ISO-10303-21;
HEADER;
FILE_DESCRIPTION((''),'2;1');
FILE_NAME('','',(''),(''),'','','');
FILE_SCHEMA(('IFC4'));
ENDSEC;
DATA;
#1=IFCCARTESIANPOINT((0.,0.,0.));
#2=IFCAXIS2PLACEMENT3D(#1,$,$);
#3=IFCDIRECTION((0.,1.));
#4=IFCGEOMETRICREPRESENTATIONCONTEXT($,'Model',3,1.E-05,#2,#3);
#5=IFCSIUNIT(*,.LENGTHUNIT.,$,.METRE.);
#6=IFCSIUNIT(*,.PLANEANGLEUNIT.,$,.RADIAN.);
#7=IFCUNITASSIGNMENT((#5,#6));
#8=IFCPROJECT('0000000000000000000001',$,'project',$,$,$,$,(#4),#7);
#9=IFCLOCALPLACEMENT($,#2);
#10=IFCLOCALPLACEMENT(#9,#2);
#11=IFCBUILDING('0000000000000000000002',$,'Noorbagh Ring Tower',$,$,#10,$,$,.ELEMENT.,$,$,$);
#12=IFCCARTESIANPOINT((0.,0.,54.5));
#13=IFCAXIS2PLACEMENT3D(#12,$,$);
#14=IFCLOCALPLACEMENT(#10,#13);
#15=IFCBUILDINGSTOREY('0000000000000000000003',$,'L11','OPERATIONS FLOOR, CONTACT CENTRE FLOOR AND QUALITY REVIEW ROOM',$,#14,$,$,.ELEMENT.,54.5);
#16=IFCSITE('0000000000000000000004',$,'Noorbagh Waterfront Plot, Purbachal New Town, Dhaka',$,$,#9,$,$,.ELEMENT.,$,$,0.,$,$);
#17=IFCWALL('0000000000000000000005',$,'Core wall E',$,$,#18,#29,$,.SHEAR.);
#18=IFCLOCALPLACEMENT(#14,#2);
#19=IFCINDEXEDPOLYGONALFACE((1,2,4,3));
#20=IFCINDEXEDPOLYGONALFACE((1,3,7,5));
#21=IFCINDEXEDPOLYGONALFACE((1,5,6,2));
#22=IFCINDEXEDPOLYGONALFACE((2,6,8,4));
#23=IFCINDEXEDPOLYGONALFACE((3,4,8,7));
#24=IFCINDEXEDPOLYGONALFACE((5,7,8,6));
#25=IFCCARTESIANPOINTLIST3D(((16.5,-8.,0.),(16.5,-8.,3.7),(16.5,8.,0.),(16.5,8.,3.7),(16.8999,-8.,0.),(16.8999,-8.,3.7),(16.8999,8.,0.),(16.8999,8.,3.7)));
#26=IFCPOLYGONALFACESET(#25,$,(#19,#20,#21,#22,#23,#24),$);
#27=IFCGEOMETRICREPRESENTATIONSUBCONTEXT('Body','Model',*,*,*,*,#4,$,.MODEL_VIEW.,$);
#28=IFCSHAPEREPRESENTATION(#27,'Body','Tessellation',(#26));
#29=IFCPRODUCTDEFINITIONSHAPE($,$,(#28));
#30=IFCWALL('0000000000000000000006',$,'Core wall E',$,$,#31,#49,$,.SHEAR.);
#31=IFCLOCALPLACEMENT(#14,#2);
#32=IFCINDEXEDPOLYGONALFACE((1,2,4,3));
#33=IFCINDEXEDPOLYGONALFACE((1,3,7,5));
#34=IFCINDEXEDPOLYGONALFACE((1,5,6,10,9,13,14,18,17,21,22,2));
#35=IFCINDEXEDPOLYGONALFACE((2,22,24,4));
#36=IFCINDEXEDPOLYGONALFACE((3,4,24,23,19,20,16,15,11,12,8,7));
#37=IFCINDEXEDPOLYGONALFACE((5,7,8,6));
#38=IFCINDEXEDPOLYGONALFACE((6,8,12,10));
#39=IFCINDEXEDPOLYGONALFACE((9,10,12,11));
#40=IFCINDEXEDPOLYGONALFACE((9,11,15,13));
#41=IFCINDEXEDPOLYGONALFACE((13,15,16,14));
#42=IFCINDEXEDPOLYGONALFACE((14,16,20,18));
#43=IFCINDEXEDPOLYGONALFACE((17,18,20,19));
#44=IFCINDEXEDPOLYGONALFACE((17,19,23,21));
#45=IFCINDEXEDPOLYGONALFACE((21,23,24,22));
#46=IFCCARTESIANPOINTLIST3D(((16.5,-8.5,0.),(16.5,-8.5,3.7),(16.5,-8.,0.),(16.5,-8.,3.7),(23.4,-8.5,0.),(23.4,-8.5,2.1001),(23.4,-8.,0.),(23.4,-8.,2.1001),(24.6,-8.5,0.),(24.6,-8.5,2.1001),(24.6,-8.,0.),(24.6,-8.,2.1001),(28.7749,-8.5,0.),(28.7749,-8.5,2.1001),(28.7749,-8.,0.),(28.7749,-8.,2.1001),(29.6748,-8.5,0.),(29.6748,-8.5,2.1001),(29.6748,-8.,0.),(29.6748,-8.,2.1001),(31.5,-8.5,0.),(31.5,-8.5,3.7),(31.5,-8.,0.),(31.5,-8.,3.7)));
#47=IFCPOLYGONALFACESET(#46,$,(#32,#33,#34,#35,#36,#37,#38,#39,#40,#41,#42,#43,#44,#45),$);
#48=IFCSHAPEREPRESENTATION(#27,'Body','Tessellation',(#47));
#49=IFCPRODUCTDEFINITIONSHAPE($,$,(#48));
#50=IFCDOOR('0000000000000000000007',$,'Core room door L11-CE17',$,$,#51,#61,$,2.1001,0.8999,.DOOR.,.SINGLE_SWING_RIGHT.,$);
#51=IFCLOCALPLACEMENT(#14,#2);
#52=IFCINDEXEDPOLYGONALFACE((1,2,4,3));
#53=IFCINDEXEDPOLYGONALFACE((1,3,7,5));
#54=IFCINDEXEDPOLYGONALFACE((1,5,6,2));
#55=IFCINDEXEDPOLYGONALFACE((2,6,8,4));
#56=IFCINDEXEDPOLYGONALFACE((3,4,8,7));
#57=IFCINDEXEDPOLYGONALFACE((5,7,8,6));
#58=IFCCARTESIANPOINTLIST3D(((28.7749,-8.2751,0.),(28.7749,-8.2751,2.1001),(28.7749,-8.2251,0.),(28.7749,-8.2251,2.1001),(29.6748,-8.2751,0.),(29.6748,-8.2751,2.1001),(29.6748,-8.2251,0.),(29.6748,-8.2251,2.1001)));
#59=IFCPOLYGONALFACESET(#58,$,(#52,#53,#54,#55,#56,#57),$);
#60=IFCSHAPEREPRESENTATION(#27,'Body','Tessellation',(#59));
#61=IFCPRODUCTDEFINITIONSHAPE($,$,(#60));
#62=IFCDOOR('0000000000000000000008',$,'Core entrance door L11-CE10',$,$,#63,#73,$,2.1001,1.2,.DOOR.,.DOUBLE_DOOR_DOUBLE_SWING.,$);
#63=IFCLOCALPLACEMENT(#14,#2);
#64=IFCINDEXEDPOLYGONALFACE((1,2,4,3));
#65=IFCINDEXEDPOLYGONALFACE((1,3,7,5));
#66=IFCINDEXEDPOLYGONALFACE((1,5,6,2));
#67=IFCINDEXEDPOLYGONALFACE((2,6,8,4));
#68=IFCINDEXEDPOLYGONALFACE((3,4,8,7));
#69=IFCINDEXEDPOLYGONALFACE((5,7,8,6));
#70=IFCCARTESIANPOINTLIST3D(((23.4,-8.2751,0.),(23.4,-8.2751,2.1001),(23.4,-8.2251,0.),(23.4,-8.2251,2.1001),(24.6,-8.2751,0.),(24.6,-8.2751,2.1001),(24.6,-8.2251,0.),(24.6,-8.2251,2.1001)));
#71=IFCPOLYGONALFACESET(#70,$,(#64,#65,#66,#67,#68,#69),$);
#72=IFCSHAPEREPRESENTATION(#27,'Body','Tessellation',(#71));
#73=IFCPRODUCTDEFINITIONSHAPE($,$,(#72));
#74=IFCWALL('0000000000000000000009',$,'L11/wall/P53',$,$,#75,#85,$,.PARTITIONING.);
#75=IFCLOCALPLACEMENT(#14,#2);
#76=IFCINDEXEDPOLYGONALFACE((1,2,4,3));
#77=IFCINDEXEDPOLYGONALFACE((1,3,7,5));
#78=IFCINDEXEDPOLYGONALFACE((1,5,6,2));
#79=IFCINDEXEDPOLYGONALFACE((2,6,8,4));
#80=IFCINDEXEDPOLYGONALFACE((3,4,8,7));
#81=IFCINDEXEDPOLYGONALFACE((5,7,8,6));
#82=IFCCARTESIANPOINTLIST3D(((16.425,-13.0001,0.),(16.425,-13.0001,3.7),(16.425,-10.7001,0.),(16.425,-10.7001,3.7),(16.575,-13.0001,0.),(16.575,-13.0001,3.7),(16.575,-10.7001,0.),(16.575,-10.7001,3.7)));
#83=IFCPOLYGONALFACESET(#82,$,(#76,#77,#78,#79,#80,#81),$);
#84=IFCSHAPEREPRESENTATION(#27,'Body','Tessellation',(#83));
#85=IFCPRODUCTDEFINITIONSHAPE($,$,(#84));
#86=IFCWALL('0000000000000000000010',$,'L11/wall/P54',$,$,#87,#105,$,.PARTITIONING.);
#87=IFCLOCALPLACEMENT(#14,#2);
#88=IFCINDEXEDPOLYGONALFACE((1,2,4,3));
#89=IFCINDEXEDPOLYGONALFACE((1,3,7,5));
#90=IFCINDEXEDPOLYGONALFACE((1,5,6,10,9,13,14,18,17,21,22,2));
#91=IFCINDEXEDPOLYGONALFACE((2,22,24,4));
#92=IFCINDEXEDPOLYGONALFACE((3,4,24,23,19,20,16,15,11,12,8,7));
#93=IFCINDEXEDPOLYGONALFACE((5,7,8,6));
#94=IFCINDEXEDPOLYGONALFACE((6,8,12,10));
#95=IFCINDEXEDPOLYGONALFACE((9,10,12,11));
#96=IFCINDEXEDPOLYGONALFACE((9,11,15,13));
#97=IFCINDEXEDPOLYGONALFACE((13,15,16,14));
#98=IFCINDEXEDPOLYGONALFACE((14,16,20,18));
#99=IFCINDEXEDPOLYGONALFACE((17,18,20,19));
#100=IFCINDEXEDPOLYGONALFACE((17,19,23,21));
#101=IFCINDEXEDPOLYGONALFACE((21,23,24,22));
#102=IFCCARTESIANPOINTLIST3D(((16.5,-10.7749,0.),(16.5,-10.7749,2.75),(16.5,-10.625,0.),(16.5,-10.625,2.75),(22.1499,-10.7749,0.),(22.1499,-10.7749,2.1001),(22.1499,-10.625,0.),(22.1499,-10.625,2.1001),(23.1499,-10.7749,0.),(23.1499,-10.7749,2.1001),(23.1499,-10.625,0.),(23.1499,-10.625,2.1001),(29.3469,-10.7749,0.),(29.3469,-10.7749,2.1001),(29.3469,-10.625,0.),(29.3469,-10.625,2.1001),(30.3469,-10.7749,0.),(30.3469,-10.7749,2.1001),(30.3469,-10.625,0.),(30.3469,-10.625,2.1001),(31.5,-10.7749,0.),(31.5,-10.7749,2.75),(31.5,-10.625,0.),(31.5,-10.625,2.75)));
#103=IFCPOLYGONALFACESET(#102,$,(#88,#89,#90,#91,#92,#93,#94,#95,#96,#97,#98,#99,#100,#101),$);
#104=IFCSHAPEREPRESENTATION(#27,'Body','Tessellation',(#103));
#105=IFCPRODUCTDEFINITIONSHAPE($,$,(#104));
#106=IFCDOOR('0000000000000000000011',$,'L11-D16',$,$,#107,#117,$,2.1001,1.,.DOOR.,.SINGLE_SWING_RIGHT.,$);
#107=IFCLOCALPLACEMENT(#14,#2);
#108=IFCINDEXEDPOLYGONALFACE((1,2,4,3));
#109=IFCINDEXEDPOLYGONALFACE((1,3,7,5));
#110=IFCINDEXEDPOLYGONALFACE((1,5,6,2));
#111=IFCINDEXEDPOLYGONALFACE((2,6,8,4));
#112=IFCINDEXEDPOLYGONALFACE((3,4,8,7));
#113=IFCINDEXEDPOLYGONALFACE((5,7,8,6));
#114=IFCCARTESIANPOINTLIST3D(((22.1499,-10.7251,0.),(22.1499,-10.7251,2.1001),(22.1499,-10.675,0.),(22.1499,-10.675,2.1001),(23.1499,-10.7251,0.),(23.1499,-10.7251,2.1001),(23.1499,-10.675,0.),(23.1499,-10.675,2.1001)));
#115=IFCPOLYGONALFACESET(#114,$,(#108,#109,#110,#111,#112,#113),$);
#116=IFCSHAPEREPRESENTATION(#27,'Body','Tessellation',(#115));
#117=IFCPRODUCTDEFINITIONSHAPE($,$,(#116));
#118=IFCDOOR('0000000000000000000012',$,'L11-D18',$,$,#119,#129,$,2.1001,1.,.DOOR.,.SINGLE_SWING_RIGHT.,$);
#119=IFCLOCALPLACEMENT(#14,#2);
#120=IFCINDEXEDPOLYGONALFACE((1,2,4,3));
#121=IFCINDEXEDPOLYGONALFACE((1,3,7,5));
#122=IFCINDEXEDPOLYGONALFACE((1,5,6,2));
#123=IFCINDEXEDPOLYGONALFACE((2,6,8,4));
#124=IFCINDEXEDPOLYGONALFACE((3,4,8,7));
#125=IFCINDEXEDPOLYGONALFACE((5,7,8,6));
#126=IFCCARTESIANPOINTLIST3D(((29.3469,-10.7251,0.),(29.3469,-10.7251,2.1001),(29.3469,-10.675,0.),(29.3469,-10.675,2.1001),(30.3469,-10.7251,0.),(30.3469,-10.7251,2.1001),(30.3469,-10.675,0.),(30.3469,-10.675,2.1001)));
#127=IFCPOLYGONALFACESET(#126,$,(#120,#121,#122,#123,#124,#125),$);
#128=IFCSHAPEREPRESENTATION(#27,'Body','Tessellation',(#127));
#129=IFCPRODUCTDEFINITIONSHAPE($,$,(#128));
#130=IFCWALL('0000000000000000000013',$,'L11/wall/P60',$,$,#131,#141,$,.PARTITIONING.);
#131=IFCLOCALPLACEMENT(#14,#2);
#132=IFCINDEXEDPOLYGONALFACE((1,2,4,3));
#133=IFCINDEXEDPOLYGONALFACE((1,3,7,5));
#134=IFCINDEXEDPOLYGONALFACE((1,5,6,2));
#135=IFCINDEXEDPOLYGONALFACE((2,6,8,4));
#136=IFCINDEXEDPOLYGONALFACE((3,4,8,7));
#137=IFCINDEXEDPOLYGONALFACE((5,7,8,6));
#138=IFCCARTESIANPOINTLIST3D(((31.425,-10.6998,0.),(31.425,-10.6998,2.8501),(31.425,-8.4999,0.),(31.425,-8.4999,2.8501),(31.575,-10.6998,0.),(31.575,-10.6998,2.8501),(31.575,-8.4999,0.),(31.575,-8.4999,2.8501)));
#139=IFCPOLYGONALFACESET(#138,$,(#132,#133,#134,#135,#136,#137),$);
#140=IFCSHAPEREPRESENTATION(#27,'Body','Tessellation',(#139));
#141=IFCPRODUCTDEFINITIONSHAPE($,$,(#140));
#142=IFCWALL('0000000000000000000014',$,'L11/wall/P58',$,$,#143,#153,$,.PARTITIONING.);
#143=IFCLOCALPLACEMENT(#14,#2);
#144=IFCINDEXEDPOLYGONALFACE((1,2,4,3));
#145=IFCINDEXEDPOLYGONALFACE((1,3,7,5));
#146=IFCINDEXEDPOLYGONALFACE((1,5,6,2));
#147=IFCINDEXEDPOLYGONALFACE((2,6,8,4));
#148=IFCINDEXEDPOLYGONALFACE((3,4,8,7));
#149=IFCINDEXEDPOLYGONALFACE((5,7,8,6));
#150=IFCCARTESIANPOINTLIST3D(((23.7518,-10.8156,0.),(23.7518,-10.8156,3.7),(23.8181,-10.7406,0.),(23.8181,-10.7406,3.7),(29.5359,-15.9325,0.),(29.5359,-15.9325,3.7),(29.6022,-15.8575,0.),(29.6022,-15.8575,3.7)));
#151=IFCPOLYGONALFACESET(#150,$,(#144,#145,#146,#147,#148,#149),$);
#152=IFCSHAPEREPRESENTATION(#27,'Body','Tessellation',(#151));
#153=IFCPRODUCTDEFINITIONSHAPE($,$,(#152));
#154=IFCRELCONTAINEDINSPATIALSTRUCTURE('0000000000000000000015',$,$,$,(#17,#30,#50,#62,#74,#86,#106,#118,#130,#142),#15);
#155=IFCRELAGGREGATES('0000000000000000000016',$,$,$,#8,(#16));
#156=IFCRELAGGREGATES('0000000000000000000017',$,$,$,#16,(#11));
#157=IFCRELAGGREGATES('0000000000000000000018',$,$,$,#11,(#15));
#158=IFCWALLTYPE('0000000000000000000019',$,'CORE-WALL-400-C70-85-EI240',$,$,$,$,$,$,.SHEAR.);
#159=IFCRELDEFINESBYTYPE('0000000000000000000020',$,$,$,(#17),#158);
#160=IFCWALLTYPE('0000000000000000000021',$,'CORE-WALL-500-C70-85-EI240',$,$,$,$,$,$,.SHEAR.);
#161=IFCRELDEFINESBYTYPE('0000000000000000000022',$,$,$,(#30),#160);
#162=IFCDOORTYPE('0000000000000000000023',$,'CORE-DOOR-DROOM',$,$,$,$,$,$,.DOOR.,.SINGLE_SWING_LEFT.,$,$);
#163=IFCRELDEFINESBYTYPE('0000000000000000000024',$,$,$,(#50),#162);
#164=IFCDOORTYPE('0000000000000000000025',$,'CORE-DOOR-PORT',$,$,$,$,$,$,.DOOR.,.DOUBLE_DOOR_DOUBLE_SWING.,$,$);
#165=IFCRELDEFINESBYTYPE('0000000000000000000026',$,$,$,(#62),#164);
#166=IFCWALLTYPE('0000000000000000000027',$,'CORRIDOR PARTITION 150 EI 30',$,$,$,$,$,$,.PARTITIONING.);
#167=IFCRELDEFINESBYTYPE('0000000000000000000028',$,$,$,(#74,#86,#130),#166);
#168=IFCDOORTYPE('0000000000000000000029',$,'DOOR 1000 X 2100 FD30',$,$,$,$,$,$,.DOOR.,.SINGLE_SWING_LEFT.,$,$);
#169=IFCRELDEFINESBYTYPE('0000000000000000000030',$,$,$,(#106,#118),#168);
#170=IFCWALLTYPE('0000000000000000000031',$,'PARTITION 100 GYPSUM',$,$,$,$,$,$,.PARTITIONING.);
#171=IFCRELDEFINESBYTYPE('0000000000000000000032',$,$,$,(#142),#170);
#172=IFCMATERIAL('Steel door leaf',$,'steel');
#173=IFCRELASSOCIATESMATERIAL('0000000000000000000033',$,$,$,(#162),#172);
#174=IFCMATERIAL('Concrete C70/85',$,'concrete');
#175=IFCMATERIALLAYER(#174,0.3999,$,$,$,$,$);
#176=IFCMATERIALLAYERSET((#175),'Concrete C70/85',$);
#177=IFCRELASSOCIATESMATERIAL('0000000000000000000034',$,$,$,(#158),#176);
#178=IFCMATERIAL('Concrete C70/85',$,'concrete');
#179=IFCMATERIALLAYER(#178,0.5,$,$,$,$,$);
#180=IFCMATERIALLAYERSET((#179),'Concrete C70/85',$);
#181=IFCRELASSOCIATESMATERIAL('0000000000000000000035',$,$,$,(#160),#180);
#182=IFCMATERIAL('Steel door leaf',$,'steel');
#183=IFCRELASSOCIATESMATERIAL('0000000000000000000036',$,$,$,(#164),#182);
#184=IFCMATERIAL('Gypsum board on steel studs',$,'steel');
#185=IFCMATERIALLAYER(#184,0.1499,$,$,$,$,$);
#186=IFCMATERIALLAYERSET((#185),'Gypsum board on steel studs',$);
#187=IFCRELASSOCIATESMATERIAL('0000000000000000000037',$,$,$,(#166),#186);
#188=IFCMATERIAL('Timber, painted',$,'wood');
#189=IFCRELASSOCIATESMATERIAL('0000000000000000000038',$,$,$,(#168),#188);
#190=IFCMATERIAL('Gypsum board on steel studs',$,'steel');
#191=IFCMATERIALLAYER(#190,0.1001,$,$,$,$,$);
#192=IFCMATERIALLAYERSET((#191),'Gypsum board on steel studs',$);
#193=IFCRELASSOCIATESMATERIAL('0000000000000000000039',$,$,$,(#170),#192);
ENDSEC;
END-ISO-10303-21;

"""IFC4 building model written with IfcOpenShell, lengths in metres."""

from ifc_helpers import new_model, si_unit, direction, frame, frame_2d, origin, place, context, subcontext, project, spatial, rectangle, extrude, material, layer, layer_set, type_object, element, fill, save


model = new_model("IFC4")

# Units and contexts
model_context = context("Model", 3, precision=1e-05, world=origin(), true_north=direction((0.0, 1.0)))
body_context = subcontext(model_context, "Body", "Model", "MODEL_VIEW")
ifc_project = project(units=[si_unit("LENGTHUNIT", "METRE"), si_unit("PLANEANGLEUNIT", "RADIAN")], contexts=[model_context])

# Site, building, storey
site_placement = place(None, origin())
site = spatial("IfcSite", under=ifc_project, at=site_placement, Name="Noorbagh Waterfront Plot, Purbachal New Town, Dhaka", CompositionType="ELEMENT", RefElevation=0.0)
building_placement = place(site_placement, origin())
building = spatial("IfcBuilding", under=site, at=building_placement, Name="Noorbagh Ring Tower", CompositionType="ELEMENT")
storey_placement = place(building_placement, frame((0.0, 0.0, 54.5)))
storey = spatial("IfcBuildingStorey", under=building, at=storey_placement, Name="L11", Description="OPERATIONS FLOOR, CONTACT CENTRE FLOOR AND QUALITY REVIEW ROOM", CompositionType="ELEMENT", Elevation=54.5)

# Shared definitions
ifc_material_1 = material(Name="Steel door leaf", Category="steel")
door_type_1 = type_object("IfcDoorType", Name="CORE-DOOR-DROOM", OperationType="SINGLE_SWING_LEFT", PredefinedType="DOOR", material=ifc_material_1)

# Wall
ifc_material_2 = material(Name="Concrete C70/85", Category="concrete")
ifc_layer_1 = layer(ifc_material_2, 0.3999)
ifc_layer_set_1 = layer_set([ifc_layer_1], Name="Concrete C70/85")
wall_type_1 = type_object("IfcWallType", Name="CORE-WALL-400-C70-85-EI240", PredefinedType="SHEAR", material=ifc_layer_set_1)
wall_1_placement = place(storey_placement, frame((16.7, -8.0, 0.0), z_axis=(0.0, 0.0, 1.0), x_axis=(0.0, 1.0, 0.0)))
element("IfcWall", 1, at=wall_1_placement, inside=storey, type_object=wall_type_1, Name="Core wall E", PredefinedType="SHEAR", context=body_context, shape_type="SweptSolid", body=[
    extrude(rectangle(XDim=16.0, YDim=0.3999, at=frame_2d((8.0, 0.0))), origin(), (0.0, 0.0, 1.0), 3.7),
])

# Wall, openings, doors
ifc_material_3 = material(Name="Concrete C70/85", Category="concrete")
ifc_layer_2 = layer(ifc_material_3, 0.5)
ifc_layer_set_2 = layer_set([ifc_layer_2], Name="Concrete C70/85")
wall_type_2 = type_object("IfcWallType", Name="CORE-WALL-500-C70-85-EI240", PredefinedType="SHEAR", material=ifc_layer_set_2)
wall_2_placement = place(storey_placement, frame((16.5, -8.25, 0.0), z_axis=(0.0, 0.0, 1.0), x_axis=(1.0, 0.0, 0.0)))
wall_2 = element("IfcWall", 2, at=wall_2_placement, inside=storey, type_object=wall_type_2, Name="Core wall E", PredefinedType="SHEAR", context=body_context, shape_type="SweptSolid", body=[
    extrude(rectangle(XDim=15.0, YDim=0.5, at=frame_2d((7.5, 0.0))), origin(), (0.0, 0.0, 1.0), 3.7),
])
opening_1_placement = place(wall_2_placement, frame((6.8999, 0.0, 0.0)))
opening_1 = element("IfcOpeningElement", 3, at=opening_1_placement, cuts=wall_2, PredefinedType="OPENING", context=body_context, shape_type="SweptSolid", body=[
    extrude(rectangle(XDim=1.2, YDim=2.1001, at=frame_2d((0.6001, 1.05))), frame((0.0, 0.26, 0.0), z_axis=(0.0, -1.0, 0.0), x_axis=(1.0, 0.0, 0.0)), (0.0, 0.0, 1.0), 0.52),
])
opening_2_placement = place(wall_2_placement, frame((12.2749, 0.0, 0.0)))
opening_2 = element("IfcOpeningElement", 4, at=opening_2_placement, cuts=wall_2, PredefinedType="OPENING", context=body_context, shape_type="SweptSolid", body=[
    extrude(rectangle(XDim=0.8999, YDim=2.1001, at=frame_2d((0.45, 1.05))), frame((0.0, 0.26, 0.0), z_axis=(0.0, -1.0, 0.0), x_axis=(1.0, 0.0, 0.0)), (0.0, 0.0, 1.0), 0.52),
])
door_1_placement = place(opening_2_placement, origin())
door_1 = element("IfcDoor", 5, at=door_1_placement, inside=storey, type_object=door_type_1, Name="Core room door L11-CE17", OperationType="SINGLE_SWING_RIGHT", OverallHeight=2.1001, OverallWidth=0.8999, PredefinedType="DOOR", context=body_context, shape_type="SweptSolid", body=[
    extrude(rectangle(XDim=0.8999, YDim=2.1001, at=frame_2d((0.45, 1.05))), frame((0.0, 0.0249, 0.0), z_axis=(0.0, -1.0, 0.0), x_axis=(1.0, 0.0, 0.0)), (0.0, 0.0, 1.0), 0.05),
])
fill(opening_2, door_1)
ifc_material_4 = material(Name="Steel door leaf", Category="steel")
door_type_2 = type_object("IfcDoorType", Name="CORE-DOOR-PORT", OperationType="DOUBLE_DOOR_DOUBLE_SWING", PredefinedType="DOOR", material=ifc_material_4)
door_2_placement = place(opening_1_placement, origin())
door_2 = element("IfcDoor", 6, at=door_2_placement, inside=storey, type_object=door_type_2, Name="Core entrance door L11-CE10", OperationType="DOUBLE_DOOR_DOUBLE_SWING", OverallHeight=2.1001, OverallWidth=1.2, PredefinedType="DOOR", context=body_context, shape_type="SweptSolid", body=[
    extrude(rectangle(XDim=1.2, YDim=2.1001, at=frame_2d((0.6001, 1.05))), frame((0.0, 0.0249, 0.0), z_axis=(0.0, -1.0, 0.0), x_axis=(1.0, 0.0, 0.0)), (0.0, 0.0, 1.0), 0.05),
])
fill(opening_1, door_2)

# Wall
ifc_material_5 = material(Name="Gypsum board on steel studs", Category="steel")
ifc_layer_3 = layer(ifc_material_5, 0.1499)
ifc_layer_set_3 = layer_set([ifc_layer_3], Name="Gypsum board on steel studs")
wall_type_3 = type_object("IfcWallType", Name="CORRIDOR PARTITION 150 EI 30", PredefinedType="PARTITIONING", material=ifc_layer_set_3)
wall_3_placement = place(storey_placement, frame((16.5, -13.0, 0.0), z_axis=(0.0, 0.0, 1.0), x_axis=(0.0, 1.0, 0.0)))
element("IfcWall", 7, at=wall_3_placement, inside=storey, type_object=wall_type_3, Name="L11/wall/P53", PredefinedType="PARTITIONING", context=body_context, shape_type="SweptSolid", body=[
    extrude(rectangle(XDim=2.3, YDim=0.1499, at=frame_2d((1.1499, 0.0))), origin(), (0.0, 0.0, 1.0), 3.7),
])

# Wall, openings, doors
wall_4_placement = place(storey_placement, frame((16.5, -10.7, 0.0), z_axis=(0.0, 0.0, 1.0), x_axis=(1.0, 0.0, 0.0)))
wall_4 = element("IfcWall", 8, at=wall_4_placement, inside=storey, type_object=wall_type_3, Name="L11/wall/P54", PredefinedType="PARTITIONING", context=body_context, shape_type="SweptSolid", body=[
    extrude(rectangle(XDim=15.0, YDim=0.1499, at=frame_2d((7.5, 0.0))), origin(), (0.0, 0.0, 1.0), 2.75),
])
opening_3_placement = place(wall_4_placement, frame((5.6499, 0.0, 0.0)))
opening_3 = element("IfcOpeningElement", 9, at=opening_3_placement, cuts=wall_4, PredefinedType="OPENING", context=body_context, shape_type="SweptSolid", body=[
    extrude(rectangle(XDim=1.0, YDim=2.1001, at=frame_2d((0.5, 1.05))), frame((0.0, 0.085, 0.0), z_axis=(0.0, -1.0, 0.0), x_axis=(1.0, 0.0, 0.0)), (0.0, 0.0, 1.0), 0.1699),
])
opening_4_placement = place(wall_4_placement, frame((12.8469, 0.0, 0.0)))
opening_4 = element("IfcOpeningElement", 10, at=opening_4_placement, cuts=wall_4, PredefinedType="OPENING", context=body_context, shape_type="SweptSolid", body=[
    extrude(rectangle(XDim=1.0, YDim=2.1001, at=frame_2d((0.5, 1.05))), frame((0.0, 0.085, 0.0), z_axis=(0.0, -1.0, 0.0), x_axis=(1.0, 0.0, 0.0)), (0.0, 0.0, 1.0), 0.1699),
])
ifc_material_6 = material(Name="Timber, painted", Category="wood")
door_type_3 = type_object("IfcDoorType", Name="DOOR 1000 X 2100 FD30", OperationType="SINGLE_SWING_LEFT", PredefinedType="DOOR", material=ifc_material_6)
door_3_placement = place(opening_3_placement, origin())
door_3 = element("IfcDoor", 11, at=door_3_placement, inside=storey, type_object=door_type_3, Name="L11-D16", OperationType="SINGLE_SWING_RIGHT", OverallHeight=2.1001, OverallWidth=1.0, PredefinedType="DOOR", context=body_context, shape_type="SweptSolid", body=[
    extrude(rectangle(XDim=1.0, YDim=2.1001, at=frame_2d((0.5, 1.05))), frame((0.0, 0.0249, 0.0), z_axis=(0.0, -1.0, 0.0), x_axis=(1.0, 0.0, 0.0)), (0.0, 0.0, 1.0), 0.05),
])
fill(opening_3, door_3)
door_4_placement = place(opening_4_placement, origin())
door_4 = element("IfcDoor", 12, at=door_4_placement, inside=storey, type_object=door_type_3, Name="L11-D18", OperationType="SINGLE_SWING_RIGHT", OverallHeight=2.1001, OverallWidth=1.0, PredefinedType="DOOR", context=body_context, shape_type="SweptSolid", body=[
    extrude(rectangle(XDim=1.0, YDim=2.1001, at=frame_2d((0.5, 1.05))), frame((0.0, 0.0249, 0.0), z_axis=(0.0, -1.0, 0.0), x_axis=(1.0, 0.0, 0.0)), (0.0, 0.0, 1.0), 0.05),
])
fill(opening_4, door_4)

# Walls
wall_5_placement = place(storey_placement, frame((31.5, -10.7, 0.0), z_axis=(0.0, 0.0, 1.0), x_axis=(0.0, 1.0, 0.0)))
element("IfcWall", 13, at=wall_5_placement, inside=storey, type_object=wall_type_3, Name="L11/wall/P60", PredefinedType="PARTITIONING", context=body_context, shape_type="SweptSolid", body=[
    extrude(rectangle(XDim=2.2, YDim=0.1499, at=frame_2d((1.1001, 0.0))), origin(), (0.0, 0.0, 1.0), 2.8501),
])
ifc_material_7 = material(Name="Gypsum board on steel studs", Category="steel")
ifc_layer_4 = layer(ifc_material_7, 0.1001)
ifc_layer_set_4 = layer_set([ifc_layer_4], Name="Gypsum board on steel studs")
wall_type_4 = type_object("IfcWallType", Name="PARTITION 100 GYPSUM", PredefinedType="PARTITIONING", material=ifc_layer_set_4)
wall_6_placement = place(storey_placement, frame((23.7849, -10.7781, 0.0), z_axis=(0.0, 0.0, 1.0), x_axis=(0.748986, -0.662586, 0.0)))
element("IfcWall", 14, at=wall_6_placement, inside=storey, type_object=wall_type_4, Name="L11/wall/P58", PredefinedType="PARTITIONING", context=body_context, shape_type="SweptSolid", body=[
    extrude(rectangle(XDim=7.7227, YDim=0.1001, at=frame_2d((3.8613, 0.0))), origin(), (0.0, 0.0, 1.0), 3.7),
])

save(model, "model.ifc")
